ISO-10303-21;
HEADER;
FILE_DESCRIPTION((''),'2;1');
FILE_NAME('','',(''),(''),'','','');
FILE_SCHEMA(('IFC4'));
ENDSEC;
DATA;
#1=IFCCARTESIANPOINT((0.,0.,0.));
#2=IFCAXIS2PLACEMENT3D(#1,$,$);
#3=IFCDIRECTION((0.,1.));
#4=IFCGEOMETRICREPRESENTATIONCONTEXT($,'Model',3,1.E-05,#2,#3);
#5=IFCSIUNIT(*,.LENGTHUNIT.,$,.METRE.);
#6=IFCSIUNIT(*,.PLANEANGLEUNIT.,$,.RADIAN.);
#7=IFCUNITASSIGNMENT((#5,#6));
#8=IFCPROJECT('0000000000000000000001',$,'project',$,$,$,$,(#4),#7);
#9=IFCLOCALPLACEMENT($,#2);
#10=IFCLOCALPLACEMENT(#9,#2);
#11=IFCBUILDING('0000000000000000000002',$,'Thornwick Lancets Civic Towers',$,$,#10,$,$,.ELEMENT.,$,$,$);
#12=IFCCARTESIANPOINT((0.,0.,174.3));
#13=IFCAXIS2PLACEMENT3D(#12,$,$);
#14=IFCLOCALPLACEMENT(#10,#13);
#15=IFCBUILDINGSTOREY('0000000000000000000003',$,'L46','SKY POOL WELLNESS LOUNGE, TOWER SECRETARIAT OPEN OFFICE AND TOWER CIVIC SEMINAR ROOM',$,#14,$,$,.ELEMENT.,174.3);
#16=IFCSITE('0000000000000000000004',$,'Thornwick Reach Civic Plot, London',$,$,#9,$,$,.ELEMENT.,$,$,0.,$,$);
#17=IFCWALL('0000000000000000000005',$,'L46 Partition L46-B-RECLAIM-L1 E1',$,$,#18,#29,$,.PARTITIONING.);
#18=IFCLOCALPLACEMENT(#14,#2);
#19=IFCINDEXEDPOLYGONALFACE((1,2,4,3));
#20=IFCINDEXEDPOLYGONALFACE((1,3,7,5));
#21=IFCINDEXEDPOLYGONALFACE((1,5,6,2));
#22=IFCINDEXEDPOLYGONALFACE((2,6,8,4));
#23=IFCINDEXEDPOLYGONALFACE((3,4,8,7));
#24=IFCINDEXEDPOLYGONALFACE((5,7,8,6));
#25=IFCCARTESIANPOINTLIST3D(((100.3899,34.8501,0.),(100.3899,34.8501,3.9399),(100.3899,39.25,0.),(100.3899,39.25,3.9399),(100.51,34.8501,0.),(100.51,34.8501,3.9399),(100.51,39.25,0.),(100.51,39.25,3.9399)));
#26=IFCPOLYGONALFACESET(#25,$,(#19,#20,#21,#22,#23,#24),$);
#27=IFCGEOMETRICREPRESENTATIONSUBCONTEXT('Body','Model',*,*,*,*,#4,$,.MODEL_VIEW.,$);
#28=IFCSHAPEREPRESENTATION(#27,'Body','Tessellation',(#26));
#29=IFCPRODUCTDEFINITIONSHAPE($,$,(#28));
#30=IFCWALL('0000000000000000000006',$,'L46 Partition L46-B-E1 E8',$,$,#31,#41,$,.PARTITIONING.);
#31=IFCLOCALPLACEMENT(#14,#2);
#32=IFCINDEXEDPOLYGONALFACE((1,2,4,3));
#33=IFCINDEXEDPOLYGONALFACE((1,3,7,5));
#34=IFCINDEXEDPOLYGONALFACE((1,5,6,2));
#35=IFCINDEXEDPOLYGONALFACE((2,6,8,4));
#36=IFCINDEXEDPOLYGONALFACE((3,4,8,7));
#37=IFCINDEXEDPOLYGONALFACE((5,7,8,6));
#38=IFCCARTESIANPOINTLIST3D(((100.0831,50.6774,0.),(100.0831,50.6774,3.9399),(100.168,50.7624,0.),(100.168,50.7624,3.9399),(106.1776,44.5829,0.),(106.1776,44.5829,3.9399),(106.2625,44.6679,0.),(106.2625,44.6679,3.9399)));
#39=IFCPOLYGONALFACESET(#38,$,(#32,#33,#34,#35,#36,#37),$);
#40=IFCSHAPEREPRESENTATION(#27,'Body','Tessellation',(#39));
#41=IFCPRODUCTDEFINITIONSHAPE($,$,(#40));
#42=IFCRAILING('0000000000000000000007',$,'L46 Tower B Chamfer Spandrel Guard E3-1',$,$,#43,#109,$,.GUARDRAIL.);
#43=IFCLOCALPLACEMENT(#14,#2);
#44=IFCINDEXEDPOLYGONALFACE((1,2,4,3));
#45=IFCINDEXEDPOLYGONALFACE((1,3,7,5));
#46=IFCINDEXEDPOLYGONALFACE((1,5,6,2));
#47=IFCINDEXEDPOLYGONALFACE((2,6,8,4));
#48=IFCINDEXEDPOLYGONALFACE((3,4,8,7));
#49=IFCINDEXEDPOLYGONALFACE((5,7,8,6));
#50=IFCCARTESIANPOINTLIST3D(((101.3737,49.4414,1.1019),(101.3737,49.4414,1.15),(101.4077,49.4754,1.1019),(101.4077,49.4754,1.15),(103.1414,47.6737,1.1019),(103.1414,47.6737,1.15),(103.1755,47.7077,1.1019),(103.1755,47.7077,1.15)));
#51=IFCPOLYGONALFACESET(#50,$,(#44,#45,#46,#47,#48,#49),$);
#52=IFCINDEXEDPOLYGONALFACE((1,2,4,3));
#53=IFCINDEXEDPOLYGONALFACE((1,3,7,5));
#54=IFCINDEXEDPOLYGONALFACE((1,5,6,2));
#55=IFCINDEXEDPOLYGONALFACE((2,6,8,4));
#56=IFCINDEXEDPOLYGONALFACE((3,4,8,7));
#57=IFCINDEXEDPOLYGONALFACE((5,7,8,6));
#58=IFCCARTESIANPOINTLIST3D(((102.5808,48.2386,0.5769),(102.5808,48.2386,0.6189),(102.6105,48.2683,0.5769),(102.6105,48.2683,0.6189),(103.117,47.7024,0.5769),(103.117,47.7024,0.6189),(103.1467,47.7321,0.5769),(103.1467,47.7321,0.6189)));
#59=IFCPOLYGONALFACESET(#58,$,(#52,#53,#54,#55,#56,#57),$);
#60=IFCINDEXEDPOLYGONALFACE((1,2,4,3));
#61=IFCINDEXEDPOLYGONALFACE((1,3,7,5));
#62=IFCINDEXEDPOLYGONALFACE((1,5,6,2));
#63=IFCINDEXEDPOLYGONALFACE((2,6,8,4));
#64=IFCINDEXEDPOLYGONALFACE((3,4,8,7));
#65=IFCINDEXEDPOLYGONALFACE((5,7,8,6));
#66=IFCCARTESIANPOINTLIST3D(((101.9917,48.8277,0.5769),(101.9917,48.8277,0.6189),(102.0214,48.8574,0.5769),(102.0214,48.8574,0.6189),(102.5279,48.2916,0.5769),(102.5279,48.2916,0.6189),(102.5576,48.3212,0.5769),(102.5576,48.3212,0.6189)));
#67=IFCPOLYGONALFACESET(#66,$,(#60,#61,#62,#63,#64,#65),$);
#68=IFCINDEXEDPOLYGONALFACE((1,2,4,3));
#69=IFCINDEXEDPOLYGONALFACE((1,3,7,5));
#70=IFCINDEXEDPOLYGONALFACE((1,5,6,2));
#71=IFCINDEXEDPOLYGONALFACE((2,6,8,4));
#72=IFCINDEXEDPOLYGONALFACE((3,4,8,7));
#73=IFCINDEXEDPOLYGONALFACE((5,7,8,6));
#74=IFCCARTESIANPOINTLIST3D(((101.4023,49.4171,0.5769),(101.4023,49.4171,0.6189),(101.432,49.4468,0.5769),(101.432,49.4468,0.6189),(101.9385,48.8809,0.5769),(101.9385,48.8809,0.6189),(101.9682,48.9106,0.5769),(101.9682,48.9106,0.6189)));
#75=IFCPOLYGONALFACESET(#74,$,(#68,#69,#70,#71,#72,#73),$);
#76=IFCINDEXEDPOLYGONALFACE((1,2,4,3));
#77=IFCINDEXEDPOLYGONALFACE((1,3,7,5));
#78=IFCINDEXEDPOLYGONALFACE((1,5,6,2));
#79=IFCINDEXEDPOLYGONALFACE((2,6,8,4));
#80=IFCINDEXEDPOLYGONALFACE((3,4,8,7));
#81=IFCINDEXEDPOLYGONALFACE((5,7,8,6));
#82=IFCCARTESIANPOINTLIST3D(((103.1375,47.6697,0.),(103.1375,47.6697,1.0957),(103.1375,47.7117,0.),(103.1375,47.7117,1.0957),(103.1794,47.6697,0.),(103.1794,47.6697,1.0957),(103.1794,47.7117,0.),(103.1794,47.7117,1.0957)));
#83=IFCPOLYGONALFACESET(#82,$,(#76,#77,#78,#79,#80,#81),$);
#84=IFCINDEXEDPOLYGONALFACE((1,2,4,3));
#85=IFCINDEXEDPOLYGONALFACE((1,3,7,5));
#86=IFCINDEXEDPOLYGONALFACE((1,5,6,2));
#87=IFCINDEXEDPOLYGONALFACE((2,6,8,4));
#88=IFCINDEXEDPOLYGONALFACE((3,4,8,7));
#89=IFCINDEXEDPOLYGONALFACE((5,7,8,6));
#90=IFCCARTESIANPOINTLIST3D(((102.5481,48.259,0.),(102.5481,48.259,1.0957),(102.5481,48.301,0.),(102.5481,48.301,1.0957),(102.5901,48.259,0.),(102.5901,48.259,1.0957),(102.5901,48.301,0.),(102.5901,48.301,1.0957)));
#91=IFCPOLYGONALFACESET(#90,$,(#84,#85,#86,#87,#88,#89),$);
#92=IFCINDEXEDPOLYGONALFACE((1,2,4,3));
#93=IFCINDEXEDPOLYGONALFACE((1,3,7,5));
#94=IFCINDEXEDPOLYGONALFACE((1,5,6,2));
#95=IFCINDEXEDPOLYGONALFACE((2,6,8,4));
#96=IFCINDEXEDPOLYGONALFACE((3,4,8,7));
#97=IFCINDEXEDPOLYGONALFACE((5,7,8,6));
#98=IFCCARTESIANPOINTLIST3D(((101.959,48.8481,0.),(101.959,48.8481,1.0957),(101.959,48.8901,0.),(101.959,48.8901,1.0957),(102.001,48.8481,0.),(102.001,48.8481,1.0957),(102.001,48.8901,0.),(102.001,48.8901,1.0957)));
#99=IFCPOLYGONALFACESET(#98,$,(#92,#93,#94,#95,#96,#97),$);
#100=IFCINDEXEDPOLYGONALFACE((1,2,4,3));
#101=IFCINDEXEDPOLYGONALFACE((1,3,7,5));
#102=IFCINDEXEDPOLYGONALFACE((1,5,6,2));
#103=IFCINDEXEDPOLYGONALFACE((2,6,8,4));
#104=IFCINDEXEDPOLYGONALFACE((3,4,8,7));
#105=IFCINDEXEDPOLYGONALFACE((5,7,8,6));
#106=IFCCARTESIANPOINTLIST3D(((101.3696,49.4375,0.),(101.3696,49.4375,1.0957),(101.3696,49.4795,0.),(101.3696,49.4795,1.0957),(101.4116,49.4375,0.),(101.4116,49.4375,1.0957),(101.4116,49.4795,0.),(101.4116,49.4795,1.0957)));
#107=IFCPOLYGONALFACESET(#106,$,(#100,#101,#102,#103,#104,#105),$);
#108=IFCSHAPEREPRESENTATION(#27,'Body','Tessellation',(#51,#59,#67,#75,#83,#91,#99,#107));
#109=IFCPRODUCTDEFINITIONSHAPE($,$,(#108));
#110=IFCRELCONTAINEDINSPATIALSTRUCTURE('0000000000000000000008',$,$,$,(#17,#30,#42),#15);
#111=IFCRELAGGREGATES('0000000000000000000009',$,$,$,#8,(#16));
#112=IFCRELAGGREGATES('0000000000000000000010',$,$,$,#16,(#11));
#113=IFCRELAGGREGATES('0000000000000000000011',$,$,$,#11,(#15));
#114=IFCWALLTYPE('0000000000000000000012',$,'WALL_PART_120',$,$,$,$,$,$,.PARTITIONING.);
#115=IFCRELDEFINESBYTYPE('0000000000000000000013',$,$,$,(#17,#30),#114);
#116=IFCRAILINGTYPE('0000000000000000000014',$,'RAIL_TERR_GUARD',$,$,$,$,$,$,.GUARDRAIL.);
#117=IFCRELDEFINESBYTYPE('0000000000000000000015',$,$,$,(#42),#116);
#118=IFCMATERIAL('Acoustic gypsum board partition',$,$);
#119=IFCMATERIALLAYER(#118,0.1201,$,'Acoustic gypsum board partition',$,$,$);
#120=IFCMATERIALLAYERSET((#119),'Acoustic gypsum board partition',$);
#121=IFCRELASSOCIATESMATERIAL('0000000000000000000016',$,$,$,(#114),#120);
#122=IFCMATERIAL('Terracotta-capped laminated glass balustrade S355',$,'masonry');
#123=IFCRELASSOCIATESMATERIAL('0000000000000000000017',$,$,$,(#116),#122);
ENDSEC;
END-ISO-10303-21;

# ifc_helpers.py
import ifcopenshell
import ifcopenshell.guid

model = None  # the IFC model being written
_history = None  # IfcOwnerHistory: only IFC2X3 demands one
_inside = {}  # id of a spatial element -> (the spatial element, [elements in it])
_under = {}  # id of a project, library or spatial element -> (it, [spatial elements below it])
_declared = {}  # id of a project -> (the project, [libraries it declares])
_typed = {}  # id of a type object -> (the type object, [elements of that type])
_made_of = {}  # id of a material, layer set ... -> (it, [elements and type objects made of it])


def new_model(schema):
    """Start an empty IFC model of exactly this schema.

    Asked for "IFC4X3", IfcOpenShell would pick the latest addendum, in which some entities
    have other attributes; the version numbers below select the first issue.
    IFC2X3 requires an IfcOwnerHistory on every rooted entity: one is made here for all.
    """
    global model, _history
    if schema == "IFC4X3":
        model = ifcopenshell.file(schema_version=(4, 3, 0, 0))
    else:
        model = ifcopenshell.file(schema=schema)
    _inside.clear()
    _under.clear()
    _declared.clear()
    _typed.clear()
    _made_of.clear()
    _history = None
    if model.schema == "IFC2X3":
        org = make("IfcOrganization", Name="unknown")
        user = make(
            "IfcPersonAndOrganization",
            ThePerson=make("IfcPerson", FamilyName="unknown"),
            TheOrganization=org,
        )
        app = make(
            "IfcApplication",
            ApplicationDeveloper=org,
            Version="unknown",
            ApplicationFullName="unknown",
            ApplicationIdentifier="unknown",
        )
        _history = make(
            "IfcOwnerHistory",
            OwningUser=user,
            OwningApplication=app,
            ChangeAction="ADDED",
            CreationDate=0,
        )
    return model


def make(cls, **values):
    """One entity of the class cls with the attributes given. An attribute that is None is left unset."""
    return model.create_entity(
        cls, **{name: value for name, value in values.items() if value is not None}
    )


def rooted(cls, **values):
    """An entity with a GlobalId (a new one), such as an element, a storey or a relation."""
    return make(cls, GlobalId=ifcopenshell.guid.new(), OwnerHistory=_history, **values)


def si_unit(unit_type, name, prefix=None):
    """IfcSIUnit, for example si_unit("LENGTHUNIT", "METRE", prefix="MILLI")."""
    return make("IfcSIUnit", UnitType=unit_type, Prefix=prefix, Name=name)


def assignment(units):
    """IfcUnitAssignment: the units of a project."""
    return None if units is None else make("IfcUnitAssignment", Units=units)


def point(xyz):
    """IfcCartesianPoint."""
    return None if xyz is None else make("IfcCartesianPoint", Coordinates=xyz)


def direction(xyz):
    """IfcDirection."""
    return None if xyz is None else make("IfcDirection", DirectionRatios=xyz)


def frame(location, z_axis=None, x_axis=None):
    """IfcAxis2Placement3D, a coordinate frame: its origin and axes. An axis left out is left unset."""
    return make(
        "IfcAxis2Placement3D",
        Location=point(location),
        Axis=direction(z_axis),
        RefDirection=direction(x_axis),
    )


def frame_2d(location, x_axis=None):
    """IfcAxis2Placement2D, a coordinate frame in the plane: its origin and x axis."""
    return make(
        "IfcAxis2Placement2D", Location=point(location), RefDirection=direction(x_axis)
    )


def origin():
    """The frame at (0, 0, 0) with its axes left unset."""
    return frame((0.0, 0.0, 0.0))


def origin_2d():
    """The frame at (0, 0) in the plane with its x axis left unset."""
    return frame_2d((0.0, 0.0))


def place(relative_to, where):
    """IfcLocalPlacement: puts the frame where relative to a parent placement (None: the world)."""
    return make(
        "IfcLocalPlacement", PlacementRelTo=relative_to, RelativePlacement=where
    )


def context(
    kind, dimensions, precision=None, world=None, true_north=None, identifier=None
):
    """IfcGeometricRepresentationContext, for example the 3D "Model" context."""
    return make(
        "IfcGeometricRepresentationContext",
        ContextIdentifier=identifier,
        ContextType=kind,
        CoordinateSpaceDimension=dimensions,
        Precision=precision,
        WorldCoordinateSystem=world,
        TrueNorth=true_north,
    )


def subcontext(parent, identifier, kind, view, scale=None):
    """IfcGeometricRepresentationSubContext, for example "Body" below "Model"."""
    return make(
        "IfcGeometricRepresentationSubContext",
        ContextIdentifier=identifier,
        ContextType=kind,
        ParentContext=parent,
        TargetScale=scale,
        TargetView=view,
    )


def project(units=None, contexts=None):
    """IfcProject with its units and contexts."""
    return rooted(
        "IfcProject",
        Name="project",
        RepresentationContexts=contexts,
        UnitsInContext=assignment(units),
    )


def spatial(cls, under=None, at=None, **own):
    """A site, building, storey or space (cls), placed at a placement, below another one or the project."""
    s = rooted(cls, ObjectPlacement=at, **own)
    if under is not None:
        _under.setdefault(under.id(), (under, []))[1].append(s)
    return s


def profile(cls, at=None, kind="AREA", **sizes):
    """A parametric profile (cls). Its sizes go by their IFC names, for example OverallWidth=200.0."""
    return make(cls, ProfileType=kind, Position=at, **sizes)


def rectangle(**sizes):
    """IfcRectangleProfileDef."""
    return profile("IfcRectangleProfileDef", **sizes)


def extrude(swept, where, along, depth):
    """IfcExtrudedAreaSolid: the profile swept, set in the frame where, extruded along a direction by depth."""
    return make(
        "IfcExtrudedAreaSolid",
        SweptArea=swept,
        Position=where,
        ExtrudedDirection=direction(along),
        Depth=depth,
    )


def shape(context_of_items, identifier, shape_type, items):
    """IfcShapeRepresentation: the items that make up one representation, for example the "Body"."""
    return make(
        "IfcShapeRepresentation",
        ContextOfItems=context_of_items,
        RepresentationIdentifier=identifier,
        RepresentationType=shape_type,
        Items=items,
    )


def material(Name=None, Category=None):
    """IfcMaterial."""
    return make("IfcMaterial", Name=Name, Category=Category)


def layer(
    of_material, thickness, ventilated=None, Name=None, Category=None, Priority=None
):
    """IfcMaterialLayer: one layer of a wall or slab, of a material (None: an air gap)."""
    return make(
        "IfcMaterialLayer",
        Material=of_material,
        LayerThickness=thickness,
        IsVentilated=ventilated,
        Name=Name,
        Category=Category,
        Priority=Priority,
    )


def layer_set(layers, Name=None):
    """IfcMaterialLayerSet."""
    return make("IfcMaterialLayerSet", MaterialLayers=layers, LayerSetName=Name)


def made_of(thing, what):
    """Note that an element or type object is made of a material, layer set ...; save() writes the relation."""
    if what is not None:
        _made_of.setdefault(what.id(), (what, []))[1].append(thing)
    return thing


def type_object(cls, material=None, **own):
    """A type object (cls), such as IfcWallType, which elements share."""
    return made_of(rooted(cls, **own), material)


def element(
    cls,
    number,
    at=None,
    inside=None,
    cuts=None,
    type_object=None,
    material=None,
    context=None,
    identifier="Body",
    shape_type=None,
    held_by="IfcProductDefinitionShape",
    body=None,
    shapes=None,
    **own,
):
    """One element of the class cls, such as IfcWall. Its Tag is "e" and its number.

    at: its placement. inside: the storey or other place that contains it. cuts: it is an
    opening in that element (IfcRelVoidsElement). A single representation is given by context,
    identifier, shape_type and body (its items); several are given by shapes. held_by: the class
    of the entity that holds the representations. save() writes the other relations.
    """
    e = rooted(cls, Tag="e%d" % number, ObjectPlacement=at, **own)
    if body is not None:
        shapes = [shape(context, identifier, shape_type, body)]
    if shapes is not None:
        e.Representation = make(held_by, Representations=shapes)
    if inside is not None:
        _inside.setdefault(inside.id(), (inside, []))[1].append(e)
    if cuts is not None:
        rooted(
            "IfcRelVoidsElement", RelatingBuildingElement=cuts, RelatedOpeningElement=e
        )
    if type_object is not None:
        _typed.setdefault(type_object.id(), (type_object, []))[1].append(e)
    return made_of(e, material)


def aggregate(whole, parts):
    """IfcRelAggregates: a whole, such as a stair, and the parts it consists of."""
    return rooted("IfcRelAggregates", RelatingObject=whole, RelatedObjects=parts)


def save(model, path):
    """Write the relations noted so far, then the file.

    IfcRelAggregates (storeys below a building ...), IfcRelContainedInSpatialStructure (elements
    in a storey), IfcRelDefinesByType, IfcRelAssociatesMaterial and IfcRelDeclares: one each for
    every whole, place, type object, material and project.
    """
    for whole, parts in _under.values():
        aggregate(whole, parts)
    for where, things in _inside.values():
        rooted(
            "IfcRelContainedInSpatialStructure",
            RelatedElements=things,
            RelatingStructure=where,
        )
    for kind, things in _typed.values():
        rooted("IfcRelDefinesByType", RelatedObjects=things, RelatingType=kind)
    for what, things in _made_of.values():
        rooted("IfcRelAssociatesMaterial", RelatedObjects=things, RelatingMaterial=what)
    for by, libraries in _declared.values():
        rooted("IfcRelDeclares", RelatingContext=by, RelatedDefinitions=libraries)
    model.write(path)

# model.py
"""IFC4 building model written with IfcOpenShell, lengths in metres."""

from ifc_helpers import new_model, si_unit, direction, frame, frame_2d, origin, origin_2d, place, context, subcontext, project, spatial, rectangle, extrude, material, layer, layer_set, type_object, element, save


model = new_model("IFC4")

# Units and contexts
model_context = context("Model", 3, precision=1e-05, world=origin(), true_north=direction((0.0, 1.0)))
body_context = subcontext(model_context, "Body", "Model", "MODEL_VIEW")
ifc_project = project(units=[si_unit("LENGTHUNIT", "METRE"), si_unit("PLANEANGLEUNIT", "RADIAN")], contexts=[model_context])

# Site, building, storey
site_placement = place(None, origin())
site = spatial("IfcSite", under=ifc_project, at=site_placement, Name="Thornwick Reach Civic Plot, London", CompositionType="ELEMENT", RefElevation=0.0)
building_placement = place(site_placement, origin())
building = spatial("IfcBuilding", under=site, at=building_placement, Name="Thornwick Lancets Civic Towers", CompositionType="ELEMENT")
storey_placement = place(building_placement, frame((0.0, 0.0, 174.3)))
storey = spatial("IfcBuildingStorey", under=building, at=storey_placement, Name="L46", Description="SKY POOL WELLNESS LOUNGE, TOWER SECRETARIAT OPEN OFFICE AND TOWER CIVIC SEMINAR ROOM", CompositionType="ELEMENT", Elevation=174.3)

# Walls
ifc_material_1 = material(Name="Acoustic gypsum board partition")
ifc_layer_1 = layer(ifc_material_1, 0.1201, Name="Acoustic gypsum board partition")
ifc_layer_set_1 = layer_set([ifc_layer_1], Name="Acoustic gypsum board partition")
wall_type_1 = type_object("IfcWallType", Name="WALL_PART_120", PredefinedType="PARTITIONING", material=ifc_layer_set_1)
wall_1_placement = place(storey_placement, frame((100.45, 39.25, 0.0), z_axis=(0.0, 0.0, 1.0), x_axis=(0.0, -1.0, 0.0)))
element("IfcWall", 1, at=wall_1_placement, inside=storey, type_object=wall_type_1, Name="L46 Partition L46-B-RECLAIM-L1 E1", PredefinedType="PARTITIONING", context=body_context, shape_type="SweptSolid", body=[
    extrude(rectangle(XDim=4.3999, YDim=0.1201, at=frame_2d((2.2, 0.0))), origin(), (0.0, 0.0, 1.0), 3.9399),
])
wall_2_placement = place(storey_placement, frame((100.1255, 50.72, 0.0), z_axis=(0.0, 0.0, 1.0), x_axis=(0.707107, -0.707107, 0.0)))
element("IfcWall", 2, at=wall_2_placement, inside=storey, type_object=wall_type_1, Name="L46 Partition L46-B-E1 E8", PredefinedType="PARTITIONING", context=body_context, shape_type="SweptSolid", body=[
    extrude(rectangle(XDim=8.6189, YDim=0.1201, at=frame_2d((4.3096, 0.0))), origin(), (0.0, 0.0, 1.0), 3.9399),
])

# Railing
ifc_material_2 = material(Name="Terracotta-capped laminated glass balustrade S355", Category="masonry")
railing_type = type_object("IfcRailingType", Name="RAIL_TERR_GUARD", PredefinedType="GUARDRAIL", material=ifc_material_2)
railing_1_placement = place(storey_placement, frame((103.1584, 47.6907, 0.0)))
element("IfcRailing", 3, at=railing_1_placement, inside=storey, type_object=railing_type, Name="L46 Tower B Chamfer Spandrel Guard E3-1", PredefinedType="GUARDRAIL", context=body_context, shape_type="SweptSolid", body=[
    extrude(rectangle(XDim=0.0481, YDim=0.0481, at=origin_2d()), frame((0.0, 0.0, 1.126), z_axis=(-0.707107, 0.707107, 0.0), x_axis=(-0.707107, -0.707107, 0.0)), (0.0, 0.0, 1.0), 2.5),
    extrude(rectangle(XDim=0.042, YDim=0.042, at=origin_2d()), frame((-0.0266, 0.0266, 0.5979), z_axis=(-0.707107, 0.707107, 0.0), x_axis=(-0.707107, -0.707107, 0.0)), (0.0, 0.0, 1.0), 0.7583),
    extrude(rectangle(XDim=0.042, YDim=0.042, at=origin_2d()), frame((-0.6157, 0.6157, 0.5979), z_axis=(-0.707107, 0.707107, 0.0), x_axis=(-0.707107, -0.707107, 0.0)), (0.0, 0.0, 1.0), 0.7583),
    extrude(rectangle(XDim=0.042, YDim=0.042, at=origin_2d()), frame((-1.2051, 1.2051, 0.5979), z_axis=(-0.707107, 0.707107, 0.0), x_axis=(-0.707107, -0.707107, 0.0)), (0.0, 0.0, 1.0), 0.7583),
    extrude(rectangle(XDim=0.042, YDim=0.042, at=origin_2d()), origin(), (0.0, 0.0, 1.0), 1.0957),
    extrude(rectangle(XDim=0.042, YDim=0.042, at=origin_2d()), frame((-0.5894, 0.5894, 0.0)), (0.0, 0.0, 1.0), 1.0957),
    extrude(rectangle(XDim=0.042, YDim=0.042, at=origin_2d()), frame((-1.1785, 1.1785, 0.0)), (0.0, 0.0, 1.0), 1.0957),
    extrude(rectangle(XDim=0.042, YDim=0.042, at=origin_2d()), frame((-1.7678, 1.7678, 0.0)), (0.0, 0.0, 1.0), 1.0957),
])

save(model, "model.ifc")
